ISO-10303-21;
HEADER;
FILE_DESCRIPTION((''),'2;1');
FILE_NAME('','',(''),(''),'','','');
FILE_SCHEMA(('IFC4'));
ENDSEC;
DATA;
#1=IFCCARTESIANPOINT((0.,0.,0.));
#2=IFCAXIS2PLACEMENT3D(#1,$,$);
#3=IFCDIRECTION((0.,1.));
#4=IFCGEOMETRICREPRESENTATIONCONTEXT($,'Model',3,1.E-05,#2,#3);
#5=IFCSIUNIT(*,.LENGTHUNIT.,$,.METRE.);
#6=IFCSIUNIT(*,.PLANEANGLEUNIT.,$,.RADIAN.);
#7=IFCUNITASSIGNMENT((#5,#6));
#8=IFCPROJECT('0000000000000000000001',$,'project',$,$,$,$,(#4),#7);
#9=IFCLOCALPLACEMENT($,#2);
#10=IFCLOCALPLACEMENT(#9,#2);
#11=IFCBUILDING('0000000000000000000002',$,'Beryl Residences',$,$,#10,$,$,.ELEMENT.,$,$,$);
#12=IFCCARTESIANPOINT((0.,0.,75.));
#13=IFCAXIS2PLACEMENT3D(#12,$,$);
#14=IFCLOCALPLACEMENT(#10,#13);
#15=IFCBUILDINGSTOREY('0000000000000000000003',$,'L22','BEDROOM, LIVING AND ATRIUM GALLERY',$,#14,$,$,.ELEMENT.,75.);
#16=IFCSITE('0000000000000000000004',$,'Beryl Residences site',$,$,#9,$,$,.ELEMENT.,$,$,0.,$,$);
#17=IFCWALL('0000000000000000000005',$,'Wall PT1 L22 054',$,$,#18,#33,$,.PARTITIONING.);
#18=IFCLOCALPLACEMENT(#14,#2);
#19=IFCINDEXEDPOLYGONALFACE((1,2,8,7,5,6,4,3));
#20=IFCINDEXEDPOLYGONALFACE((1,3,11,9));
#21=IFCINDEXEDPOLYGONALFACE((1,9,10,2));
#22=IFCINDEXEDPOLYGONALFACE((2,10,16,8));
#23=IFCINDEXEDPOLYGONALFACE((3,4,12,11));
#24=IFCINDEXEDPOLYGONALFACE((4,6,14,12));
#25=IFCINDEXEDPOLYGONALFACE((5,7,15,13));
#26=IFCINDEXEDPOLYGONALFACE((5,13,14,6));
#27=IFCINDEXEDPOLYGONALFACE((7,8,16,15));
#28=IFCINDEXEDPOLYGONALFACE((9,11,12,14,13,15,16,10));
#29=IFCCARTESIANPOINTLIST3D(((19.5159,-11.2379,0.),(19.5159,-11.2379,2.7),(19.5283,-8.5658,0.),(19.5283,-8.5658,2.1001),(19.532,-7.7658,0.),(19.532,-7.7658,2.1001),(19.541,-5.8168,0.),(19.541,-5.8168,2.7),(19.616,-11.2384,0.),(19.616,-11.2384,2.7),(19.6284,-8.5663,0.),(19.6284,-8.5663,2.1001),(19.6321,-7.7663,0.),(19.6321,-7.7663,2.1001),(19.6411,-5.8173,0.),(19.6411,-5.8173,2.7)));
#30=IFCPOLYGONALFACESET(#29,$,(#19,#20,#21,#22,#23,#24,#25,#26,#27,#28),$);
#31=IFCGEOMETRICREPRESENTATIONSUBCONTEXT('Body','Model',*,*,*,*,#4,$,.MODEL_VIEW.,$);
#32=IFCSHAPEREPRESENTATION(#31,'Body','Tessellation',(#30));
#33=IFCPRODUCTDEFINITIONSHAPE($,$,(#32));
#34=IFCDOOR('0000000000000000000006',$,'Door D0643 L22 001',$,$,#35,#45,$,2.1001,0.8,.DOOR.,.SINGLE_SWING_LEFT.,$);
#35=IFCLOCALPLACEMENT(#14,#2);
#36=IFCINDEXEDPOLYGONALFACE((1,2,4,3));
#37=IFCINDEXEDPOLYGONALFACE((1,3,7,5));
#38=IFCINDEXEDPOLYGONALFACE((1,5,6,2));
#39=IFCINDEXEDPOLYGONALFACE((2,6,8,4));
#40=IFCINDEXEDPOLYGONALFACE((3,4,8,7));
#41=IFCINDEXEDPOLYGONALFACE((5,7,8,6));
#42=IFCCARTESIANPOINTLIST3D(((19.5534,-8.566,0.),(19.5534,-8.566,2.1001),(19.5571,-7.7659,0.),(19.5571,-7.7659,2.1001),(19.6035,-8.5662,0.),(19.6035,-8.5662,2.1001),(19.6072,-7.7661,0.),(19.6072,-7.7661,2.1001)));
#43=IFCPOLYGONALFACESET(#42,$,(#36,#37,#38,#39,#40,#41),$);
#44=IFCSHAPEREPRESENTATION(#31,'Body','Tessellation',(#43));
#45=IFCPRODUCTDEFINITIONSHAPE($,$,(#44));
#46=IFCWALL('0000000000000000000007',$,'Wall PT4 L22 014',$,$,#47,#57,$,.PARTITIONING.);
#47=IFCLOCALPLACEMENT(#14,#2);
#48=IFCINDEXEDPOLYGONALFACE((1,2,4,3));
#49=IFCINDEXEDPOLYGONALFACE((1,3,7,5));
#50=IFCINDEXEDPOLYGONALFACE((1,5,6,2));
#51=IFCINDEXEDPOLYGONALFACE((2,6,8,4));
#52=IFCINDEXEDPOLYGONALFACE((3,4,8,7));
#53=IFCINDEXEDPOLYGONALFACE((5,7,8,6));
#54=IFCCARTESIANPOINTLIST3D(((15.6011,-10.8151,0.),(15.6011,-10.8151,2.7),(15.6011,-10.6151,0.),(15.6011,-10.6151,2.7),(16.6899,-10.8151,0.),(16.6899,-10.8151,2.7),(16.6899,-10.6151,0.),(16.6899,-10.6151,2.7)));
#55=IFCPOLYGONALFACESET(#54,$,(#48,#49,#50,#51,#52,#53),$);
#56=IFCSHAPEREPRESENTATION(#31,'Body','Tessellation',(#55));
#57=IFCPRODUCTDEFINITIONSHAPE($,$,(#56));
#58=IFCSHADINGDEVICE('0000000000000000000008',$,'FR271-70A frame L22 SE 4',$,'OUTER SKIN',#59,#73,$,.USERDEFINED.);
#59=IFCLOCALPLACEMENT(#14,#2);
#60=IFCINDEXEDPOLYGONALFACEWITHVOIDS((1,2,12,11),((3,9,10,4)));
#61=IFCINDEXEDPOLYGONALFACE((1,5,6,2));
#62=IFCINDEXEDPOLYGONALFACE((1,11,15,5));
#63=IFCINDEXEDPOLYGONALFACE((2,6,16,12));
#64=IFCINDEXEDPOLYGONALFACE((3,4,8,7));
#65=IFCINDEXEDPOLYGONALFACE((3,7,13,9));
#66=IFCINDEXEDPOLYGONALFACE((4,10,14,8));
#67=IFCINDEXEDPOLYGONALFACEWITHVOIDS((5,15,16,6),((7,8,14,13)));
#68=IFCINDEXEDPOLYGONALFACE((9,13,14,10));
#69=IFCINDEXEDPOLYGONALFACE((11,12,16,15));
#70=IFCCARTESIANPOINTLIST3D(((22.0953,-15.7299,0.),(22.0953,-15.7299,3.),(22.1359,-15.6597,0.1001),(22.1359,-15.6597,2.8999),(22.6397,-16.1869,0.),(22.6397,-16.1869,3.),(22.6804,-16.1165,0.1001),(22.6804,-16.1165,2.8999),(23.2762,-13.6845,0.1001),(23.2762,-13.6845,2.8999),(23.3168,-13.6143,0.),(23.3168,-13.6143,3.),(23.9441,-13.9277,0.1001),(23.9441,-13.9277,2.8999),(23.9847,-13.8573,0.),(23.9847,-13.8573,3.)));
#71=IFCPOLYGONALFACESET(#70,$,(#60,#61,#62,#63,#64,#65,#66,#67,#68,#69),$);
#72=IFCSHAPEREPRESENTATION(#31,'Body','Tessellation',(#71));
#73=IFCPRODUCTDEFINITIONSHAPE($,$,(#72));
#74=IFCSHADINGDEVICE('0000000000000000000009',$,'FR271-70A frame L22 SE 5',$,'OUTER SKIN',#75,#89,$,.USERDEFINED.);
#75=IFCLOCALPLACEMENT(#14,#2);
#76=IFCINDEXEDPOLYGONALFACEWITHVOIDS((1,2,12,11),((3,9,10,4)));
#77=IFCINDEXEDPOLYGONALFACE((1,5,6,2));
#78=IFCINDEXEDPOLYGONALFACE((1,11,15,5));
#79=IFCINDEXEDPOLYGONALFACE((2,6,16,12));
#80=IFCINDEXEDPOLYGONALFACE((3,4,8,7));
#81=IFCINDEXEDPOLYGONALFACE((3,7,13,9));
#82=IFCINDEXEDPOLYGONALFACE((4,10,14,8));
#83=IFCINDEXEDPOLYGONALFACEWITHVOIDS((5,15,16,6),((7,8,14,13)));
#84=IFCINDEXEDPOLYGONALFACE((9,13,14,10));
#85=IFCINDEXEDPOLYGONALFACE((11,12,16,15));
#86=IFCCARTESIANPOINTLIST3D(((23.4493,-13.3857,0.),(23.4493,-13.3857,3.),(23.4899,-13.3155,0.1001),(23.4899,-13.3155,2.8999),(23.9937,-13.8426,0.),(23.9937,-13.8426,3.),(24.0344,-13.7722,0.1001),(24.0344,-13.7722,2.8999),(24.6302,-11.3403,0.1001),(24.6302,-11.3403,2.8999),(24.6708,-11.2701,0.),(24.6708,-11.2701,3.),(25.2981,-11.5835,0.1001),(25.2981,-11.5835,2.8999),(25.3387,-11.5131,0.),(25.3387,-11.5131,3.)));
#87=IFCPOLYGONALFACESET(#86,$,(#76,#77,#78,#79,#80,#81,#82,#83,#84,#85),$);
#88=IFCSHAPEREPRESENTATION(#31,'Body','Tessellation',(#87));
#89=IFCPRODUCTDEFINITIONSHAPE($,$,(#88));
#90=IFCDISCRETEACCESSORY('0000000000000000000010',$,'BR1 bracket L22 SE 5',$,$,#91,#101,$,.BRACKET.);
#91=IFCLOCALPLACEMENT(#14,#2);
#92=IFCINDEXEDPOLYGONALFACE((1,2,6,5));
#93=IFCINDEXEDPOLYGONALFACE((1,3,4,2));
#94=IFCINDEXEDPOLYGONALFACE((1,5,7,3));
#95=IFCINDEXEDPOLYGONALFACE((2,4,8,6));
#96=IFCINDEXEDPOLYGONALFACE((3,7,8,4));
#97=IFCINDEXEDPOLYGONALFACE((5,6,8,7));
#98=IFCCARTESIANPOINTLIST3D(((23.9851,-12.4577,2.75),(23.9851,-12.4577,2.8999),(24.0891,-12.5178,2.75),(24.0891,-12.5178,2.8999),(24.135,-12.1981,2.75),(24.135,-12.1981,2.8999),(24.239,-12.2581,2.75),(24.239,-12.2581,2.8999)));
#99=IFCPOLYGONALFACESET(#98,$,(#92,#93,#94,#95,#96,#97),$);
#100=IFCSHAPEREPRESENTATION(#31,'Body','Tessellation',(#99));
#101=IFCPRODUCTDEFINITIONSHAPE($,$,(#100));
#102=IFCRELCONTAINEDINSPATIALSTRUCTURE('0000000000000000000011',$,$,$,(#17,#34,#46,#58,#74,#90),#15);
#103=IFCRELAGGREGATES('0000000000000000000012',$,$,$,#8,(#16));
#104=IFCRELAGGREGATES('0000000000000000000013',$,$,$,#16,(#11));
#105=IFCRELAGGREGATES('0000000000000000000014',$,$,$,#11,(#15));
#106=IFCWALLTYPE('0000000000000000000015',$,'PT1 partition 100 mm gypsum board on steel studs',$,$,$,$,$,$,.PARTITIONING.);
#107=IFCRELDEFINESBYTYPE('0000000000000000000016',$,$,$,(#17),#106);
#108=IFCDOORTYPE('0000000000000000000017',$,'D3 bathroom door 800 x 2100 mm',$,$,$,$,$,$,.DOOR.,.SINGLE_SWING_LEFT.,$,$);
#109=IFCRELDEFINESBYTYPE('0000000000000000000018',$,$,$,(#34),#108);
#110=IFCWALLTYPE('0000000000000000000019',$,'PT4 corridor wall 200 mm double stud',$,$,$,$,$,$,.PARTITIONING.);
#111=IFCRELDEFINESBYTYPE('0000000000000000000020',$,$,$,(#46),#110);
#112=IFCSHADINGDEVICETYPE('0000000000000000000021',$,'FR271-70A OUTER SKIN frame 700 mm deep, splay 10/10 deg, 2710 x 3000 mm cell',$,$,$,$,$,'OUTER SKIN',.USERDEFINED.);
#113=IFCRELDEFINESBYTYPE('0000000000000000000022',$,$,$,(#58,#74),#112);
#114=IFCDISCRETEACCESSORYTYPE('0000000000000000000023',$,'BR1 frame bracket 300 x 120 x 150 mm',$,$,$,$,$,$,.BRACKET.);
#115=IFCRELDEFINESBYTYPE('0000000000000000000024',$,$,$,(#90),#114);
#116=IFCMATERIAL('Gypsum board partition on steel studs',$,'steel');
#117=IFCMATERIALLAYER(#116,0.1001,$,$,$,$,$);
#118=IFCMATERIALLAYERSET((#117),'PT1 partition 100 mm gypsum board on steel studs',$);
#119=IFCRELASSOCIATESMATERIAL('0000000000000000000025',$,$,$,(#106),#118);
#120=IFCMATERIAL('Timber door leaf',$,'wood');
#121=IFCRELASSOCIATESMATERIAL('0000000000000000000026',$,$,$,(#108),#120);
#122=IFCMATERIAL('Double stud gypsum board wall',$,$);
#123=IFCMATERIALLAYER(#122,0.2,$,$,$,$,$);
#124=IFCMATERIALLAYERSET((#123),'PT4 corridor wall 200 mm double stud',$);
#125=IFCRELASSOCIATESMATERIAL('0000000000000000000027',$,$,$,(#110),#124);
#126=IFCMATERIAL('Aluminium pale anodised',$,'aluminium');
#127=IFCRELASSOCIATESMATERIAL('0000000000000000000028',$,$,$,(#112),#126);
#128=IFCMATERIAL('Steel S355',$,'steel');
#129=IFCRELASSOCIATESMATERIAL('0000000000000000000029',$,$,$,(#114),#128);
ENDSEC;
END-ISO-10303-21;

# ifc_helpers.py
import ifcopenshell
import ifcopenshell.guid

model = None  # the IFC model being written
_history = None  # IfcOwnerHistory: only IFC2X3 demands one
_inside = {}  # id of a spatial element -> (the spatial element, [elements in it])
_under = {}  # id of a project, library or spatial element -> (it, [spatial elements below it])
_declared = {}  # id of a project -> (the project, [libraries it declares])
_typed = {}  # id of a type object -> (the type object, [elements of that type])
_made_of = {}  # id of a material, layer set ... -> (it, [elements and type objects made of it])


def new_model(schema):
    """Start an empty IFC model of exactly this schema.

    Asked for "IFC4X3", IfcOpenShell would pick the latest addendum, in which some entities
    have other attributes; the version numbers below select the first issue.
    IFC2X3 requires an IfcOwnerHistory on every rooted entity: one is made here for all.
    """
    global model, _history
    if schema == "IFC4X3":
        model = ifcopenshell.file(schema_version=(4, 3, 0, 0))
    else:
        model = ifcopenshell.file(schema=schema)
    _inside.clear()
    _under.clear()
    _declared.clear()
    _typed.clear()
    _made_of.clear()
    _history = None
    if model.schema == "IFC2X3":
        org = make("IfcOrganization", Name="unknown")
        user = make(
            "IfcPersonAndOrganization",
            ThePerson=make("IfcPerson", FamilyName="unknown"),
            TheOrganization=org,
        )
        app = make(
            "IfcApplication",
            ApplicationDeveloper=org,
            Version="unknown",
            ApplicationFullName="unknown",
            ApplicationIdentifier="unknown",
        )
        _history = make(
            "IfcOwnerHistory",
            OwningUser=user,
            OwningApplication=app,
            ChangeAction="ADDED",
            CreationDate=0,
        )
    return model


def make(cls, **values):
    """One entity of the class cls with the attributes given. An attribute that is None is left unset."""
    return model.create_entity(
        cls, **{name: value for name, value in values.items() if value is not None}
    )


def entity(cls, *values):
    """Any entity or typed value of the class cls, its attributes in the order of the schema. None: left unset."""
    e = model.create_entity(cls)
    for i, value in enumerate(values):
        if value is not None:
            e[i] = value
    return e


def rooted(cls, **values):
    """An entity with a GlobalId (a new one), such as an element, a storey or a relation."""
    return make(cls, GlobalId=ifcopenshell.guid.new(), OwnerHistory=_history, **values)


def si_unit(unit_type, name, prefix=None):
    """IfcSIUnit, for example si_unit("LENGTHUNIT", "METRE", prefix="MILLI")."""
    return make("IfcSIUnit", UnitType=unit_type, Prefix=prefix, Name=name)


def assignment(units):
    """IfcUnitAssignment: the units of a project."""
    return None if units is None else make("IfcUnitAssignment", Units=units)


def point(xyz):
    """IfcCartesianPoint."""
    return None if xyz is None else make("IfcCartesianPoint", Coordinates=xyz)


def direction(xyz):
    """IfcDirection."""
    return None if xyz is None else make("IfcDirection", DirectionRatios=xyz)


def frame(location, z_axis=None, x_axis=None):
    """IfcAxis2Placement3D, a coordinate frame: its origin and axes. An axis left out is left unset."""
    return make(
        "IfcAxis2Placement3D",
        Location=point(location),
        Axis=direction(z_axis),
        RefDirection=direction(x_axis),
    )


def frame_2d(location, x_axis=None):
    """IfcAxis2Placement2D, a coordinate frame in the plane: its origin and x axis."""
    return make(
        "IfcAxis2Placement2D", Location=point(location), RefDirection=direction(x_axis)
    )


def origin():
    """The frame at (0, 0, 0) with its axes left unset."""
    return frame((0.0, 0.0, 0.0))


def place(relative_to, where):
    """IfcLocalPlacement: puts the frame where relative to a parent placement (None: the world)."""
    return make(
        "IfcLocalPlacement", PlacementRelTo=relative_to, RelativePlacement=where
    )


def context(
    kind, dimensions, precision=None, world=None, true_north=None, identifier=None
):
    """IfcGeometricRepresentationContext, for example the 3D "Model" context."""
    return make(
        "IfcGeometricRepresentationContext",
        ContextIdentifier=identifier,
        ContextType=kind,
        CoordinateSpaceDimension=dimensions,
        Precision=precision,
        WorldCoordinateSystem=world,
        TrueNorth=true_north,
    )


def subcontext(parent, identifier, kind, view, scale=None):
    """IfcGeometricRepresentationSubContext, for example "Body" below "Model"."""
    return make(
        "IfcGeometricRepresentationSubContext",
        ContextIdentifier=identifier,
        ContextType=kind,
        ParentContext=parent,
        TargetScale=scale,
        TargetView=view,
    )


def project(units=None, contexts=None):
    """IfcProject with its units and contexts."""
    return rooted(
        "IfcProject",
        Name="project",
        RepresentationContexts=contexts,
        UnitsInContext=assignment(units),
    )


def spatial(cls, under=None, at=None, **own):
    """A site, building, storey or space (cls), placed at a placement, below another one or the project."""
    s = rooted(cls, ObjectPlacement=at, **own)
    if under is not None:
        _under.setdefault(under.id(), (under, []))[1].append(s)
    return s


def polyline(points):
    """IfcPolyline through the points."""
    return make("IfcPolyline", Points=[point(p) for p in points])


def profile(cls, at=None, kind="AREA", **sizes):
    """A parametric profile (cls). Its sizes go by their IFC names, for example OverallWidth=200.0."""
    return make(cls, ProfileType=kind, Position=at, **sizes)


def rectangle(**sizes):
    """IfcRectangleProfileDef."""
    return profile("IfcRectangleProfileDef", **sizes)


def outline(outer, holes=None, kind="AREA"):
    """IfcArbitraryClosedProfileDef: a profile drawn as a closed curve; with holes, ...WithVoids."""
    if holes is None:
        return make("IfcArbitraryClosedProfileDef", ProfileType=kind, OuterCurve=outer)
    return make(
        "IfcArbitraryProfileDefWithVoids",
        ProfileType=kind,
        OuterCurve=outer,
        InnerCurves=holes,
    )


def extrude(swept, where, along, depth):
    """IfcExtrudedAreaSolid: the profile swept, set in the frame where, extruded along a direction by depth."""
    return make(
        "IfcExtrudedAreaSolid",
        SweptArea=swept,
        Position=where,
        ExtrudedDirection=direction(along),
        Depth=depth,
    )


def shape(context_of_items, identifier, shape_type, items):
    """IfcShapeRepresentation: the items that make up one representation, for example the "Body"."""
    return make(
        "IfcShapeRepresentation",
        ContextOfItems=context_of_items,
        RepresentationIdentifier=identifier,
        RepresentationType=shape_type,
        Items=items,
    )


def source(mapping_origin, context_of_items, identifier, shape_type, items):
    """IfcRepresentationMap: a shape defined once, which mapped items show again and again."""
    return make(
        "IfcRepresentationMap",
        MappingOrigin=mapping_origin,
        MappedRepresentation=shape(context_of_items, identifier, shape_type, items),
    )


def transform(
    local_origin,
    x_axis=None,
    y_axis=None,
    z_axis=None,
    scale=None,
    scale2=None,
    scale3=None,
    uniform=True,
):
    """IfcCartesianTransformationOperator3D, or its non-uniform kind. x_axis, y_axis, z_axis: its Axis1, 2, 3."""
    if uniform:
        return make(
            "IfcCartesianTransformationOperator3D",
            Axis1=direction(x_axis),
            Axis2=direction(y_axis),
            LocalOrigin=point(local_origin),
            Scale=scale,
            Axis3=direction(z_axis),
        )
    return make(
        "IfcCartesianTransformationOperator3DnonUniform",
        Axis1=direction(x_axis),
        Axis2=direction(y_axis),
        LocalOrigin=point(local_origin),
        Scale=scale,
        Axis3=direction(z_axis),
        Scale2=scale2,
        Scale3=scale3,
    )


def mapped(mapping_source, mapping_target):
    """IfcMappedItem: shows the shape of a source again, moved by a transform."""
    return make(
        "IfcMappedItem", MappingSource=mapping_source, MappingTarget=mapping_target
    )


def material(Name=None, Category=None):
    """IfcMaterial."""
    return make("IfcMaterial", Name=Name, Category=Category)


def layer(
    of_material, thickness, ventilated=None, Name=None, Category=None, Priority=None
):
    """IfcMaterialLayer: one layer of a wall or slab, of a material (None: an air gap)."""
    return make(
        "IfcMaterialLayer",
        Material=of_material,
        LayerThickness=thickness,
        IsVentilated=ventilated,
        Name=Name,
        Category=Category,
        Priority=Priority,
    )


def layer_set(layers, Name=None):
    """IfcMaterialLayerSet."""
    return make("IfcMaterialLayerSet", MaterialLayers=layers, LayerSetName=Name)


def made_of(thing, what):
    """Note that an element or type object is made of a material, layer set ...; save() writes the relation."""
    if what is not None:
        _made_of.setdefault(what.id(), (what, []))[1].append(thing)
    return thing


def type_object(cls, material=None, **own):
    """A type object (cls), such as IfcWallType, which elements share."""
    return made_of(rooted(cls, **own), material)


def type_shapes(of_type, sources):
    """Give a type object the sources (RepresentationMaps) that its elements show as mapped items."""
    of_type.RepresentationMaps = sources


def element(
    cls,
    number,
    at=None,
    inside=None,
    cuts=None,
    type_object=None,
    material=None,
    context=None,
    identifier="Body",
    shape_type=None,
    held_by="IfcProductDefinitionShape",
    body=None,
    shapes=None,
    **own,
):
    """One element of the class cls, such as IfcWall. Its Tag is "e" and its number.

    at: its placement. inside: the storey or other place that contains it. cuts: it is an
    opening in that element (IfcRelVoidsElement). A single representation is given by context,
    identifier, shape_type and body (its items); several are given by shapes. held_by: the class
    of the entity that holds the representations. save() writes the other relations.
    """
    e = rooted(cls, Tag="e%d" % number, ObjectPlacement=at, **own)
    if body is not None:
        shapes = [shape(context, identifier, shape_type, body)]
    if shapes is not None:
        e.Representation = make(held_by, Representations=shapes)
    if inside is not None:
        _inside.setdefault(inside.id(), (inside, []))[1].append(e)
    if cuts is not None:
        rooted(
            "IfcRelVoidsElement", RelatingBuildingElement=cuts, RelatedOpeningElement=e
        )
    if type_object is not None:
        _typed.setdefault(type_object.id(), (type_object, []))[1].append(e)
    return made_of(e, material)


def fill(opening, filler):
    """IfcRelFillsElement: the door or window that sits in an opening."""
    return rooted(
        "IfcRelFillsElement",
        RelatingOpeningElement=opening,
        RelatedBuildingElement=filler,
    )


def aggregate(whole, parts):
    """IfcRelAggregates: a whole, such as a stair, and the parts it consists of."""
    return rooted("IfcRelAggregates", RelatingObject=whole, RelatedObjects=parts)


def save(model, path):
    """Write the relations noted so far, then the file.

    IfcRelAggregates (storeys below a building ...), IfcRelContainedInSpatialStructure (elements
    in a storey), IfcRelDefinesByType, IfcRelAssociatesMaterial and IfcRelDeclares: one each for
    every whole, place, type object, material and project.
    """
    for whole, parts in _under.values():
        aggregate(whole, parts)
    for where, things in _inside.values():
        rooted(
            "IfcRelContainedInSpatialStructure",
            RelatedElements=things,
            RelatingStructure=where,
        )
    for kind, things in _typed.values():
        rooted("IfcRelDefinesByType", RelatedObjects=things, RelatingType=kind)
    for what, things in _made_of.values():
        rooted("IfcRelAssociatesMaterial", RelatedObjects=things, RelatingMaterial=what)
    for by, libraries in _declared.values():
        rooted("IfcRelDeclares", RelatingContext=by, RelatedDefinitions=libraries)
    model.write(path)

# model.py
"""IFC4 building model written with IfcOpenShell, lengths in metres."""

from ifc_helpers import new_model, entity, si_unit, direction, frame, frame_2d, origin, place, context, subcontext, project, spatial, polyline, rectangle, outline, extrude, source, transform, mapped, material, layer, layer_set, type_object, type_shapes, element, fill, save


model = new_model("IFC4")

# Units and contexts
model_context = context("Model", 3, precision=1e-05, world=origin(), true_north=direction((0.0, 1.0)))
body_context = subcontext(model_context, "Body", "Model", "MODEL_VIEW")
ifc_project = project(units=[si_unit("LENGTHUNIT", "METRE"), si_unit("PLANEANGLEUNIT", "RADIAN")], contexts=[model_context])

# Site, building, storey
site_placement = place(None, origin())
site = spatial("IfcSite", under=ifc_project, at=site_placement, Name="Beryl Residences site", CompositionType="ELEMENT", RefElevation=0.0)
building_placement = place(site_placement, origin())
building = spatial("IfcBuilding", under=site, at=building_placement, Name="Beryl Residences", CompositionType="ELEMENT")
storey_placement = place(building_placement, frame((0.0, 0.0, 75.0)))
storey = spatial("IfcBuildingStorey", under=building, at=storey_placement, Name="L22", Description="BEDROOM, LIVING AND ATRIUM GALLERY", CompositionType="ELEMENT", Elevation=75.0)

# Shared definitions
ifc_material_1 = material(Name="Gypsum board partition on steel studs", Category="steel")
ifc_layer_1 = layer(ifc_material_1, 0.1001)
ifc_layer_set_1 = layer_set([ifc_layer_1], Name="PT1 partition 100 mm gypsum board on steel studs")
wall_type_1 = type_object("IfcWallType", Name="PT1 partition 100 mm gypsum board on steel studs", PredefinedType="PARTITIONING", material=ifc_layer_set_1)
ifc_material_2 = material(Name="Timber door leaf", Category="wood")
door_type_1 = type_object("IfcDoorType", Name="D3 bathroom door 800 x 2100 mm", OperationType="SINGLE_SWING_LEFT", PredefinedType="DOOR", material=ifc_material_2)

# Wall, opening, door
wall_1_placement = place(storey_placement, frame((19.5659, -11.238, 0.0), z_axis=(0.0, 0.0, 1.0), x_axis=(0.004639, 0.999989, 0.0)))
wall_1 = element("IfcWall", 1, at=wall_1_placement, inside=storey, type_object=wall_type_1, Name="Wall PT1 L22 054", PredefinedType="PARTITIONING", context=body_context, shape_type="SweptSolid", body=[
    extrude(rectangle(XDim=5.4211, YDim=0.1001, at=frame_2d((2.7104, 0.0))), origin(), (0.0, 0.0, 1.0), 2.7),
])
opening_1_placement = place(wall_1_placement, frame((2.6721, 0.0, 0.0)))
opening_1 = element("IfcOpeningElement", 2, at=opening_1_placement, cuts=wall_1, PredefinedType="OPENING", context=body_context, shape_type="SweptSolid", body=[
    extrude(rectangle(XDim=0.8, YDim=2.1001, at=frame_2d((0.3999, 1.05))), frame((0.0, 0.0601, 0.0), z_axis=(0.0, -1.0, 0.0), x_axis=(1.0, 0.0, 0.0)), (0.0, 0.0, 1.0), 0.1201),
])
door_1_placement = place(opening_1_placement, origin())
door_1 = element("IfcDoor", 3, at=door_1_placement, inside=storey, type_object=door_type_1, Name="Door D0643 L22 001", OperationType="SINGLE_SWING_LEFT", OverallHeight=2.1001, OverallWidth=0.8, PredefinedType="DOOR", context=body_context, shape_type="SweptSolid", body=[
    extrude(rectangle(XDim=0.8, YDim=2.1001, at=frame_2d((0.3999, 1.05))), frame((0.0, 0.0249, 0.0), z_axis=(0.0, -1.0, 0.0), x_axis=(1.0, 0.0, 0.0)), (0.0, 0.0, 1.0), 0.05),
])
fill(opening_1, door_1)

# Wall
ifc_material_3 = material(Name="Double stud gypsum board wall")
ifc_layer_2 = layer(ifc_material_3, 0.2)
ifc_layer_set_2 = layer_set([ifc_layer_2], Name="PT4 corridor wall 200 mm double stud")
wall_type_2 = type_object("IfcWallType", Name="PT4 corridor wall 200 mm double stud", PredefinedType="PARTITIONING", material=ifc_layer_set_2)
wall_2_placement = place(storey_placement, frame((15.6011, -10.7151, 0.0), z_axis=(0.0, 0.0, 1.0), x_axis=(1.0, 0.0, 0.0)))
element("IfcWall", 4, at=wall_2_placement, inside=storey, type_object=wall_type_2, Name="Wall PT4 L22 014", PredefinedType="PARTITIONING", context=body_context, shape_type="SweptSolid", body=[
    extrude(rectangle(XDim=1.0889, YDim=0.2, at=frame_2d((0.5444, 0.0))), origin(), (0.0, 0.0, 1.0), 2.7),
])

# Shading devices
ifc_material_4 = material(Name="Aluminium pale anodised", Category="aluminium")
shading_device_type = type_object("IfcShadingDeviceType", Name="FR271-70A OUTER SKIN frame 700 mm deep, splay 10/10 deg, 2710 x 3000 mm cell", ElementType="OUTER SKIN", PredefinedType="USERDEFINED", material=ifc_material_4)
cartesian_point_1 = entity("IfcCartesianPoint", [-1.2214, 0.0])
cartesian_point_2 = entity("IfcCartesianPoint", [-1.1404, 0.1001])
cartesian_point_3 = entity("IfcCartesianPoint", [-1.345, 0.0])
cartesian_point_4 = entity("IfcCartesianPoint", [-1.2637, 0.1001])
shared_shape_1 = source(origin(), body_context, "Body", "SweptSolid", [
    entity("IfcExtrudedAreaSolidTapered", entity("IfcArbitraryProfileDefWithVoids", "AREA", None, entity("IfcPolyline", [cartesian_point_1, entity("IfcCartesianPoint", [1.2214, 0.0]), entity("IfcCartesianPoint", [1.2214, 3.0]), entity("IfcCartesianPoint", [-1.2214, 3.0]), cartesian_point_1]), [entity("IfcPolyline", [cartesian_point_2, entity("IfcCartesianPoint", [1.1404, 0.1001]), entity("IfcCartesianPoint", [1.1404, 2.8999]), entity("IfcCartesianPoint", [-1.1404, 2.8999]), cartesian_point_2])]), entity("IfcAxis2Placement3D", entity("IfcCartesianPoint", [0.0, 0.0, 0.0]), entity("IfcDirection", [0.0, 1.0, 0.0]), entity("IfcDirection", [-1.0, 0.0, 0.0])), entity("IfcDirection", [0.0, 0.0, 1.0]), 0.7, entity("IfcArbitraryProfileDefWithVoids", "AREA", None, entity("IfcPolyline", [cartesian_point_3, entity("IfcCartesianPoint", [1.345, 0.0]), entity("IfcCartesianPoint", [1.345, 3.0]), entity("IfcCartesianPoint", [-1.345, 3.0]), cartesian_point_3]), [entity("IfcPolyline", [cartesian_point_4, entity("IfcCartesianPoint", [1.2637, 0.1001]), entity("IfcCartesianPoint", [1.2637, 2.8999]), entity("IfcCartesianPoint", [-1.2637, 2.8999]), cartesian_point_4])])),
])
type_shapes(shading_device_type, [shared_shape_1])
for number, where, z_axis, x_axis, name in (
    (5, (22.7061, -14.6721, 0.0), (0.0, 0.0, 1.0), (-0.5, -0.866025, 0.0), "FR271-70A frame L22 SE 4"),
    (6, (24.0601, -12.3279, 0.0), (0.0, 0.0, 1.0), (-0.5, -0.866025, 0.0), "FR271-70A frame L22 SE 5"),
):
    element("IfcShadingDevice", number, at=place(storey_placement, frame(where, z_axis=z_axis, x_axis=x_axis)), inside=storey, type_object=shading_device_type, Name=name, ObjectType="OUTER SKIN", PredefinedType="USERDEFINED", context=body_context, shape_type="MappedRepresentation", body=[
        mapped(shared_shape_1, transform((0.0, 0.0, 0.0))),
    ])

# Discrete accessory
ifc_material_5 = material(Name="Steel S355", Category="steel")
discrete_accessory_type = type_object("IfcDiscreteAccessoryType", Name="BR1 frame bracket 300 x 120 x 150 mm", PredefinedType="BRACKET", material=ifc_material_5)
shared_shape_2 = source(origin(), body_context, "Body", "SweptSolid", [
    extrude(outline(polyline([(-0.1499, 0.0), (0.1499, 0.0), (0.1499, 0.1201), (-0.1499, 0.1201), (-0.1499, 0.0)])), origin(), (0.0, 0.0, 1.0), 0.1499),
])
type_shapes(discrete_accessory_type, [shared_shape_2])
discrete_accessory_placement = place(storey_placement, frame((24.0601, -12.3279, 2.75), z_axis=(0.0, 0.0, 1.0), x_axis=(-0.5, -0.866025, 0.0)))
element("IfcDiscreteAccessory", 7, at=discrete_accessory_placement, inside=storey, type_object=discrete_accessory_type, Name="BR1 bracket L22 SE 5", PredefinedType="BRACKET", context=body_context, shape_type="MappedRepresentation", body=[
    mapped(shared_shape_2, transform((0.0, 0.0, 0.0))),
])

save(model, "model.ifc")
